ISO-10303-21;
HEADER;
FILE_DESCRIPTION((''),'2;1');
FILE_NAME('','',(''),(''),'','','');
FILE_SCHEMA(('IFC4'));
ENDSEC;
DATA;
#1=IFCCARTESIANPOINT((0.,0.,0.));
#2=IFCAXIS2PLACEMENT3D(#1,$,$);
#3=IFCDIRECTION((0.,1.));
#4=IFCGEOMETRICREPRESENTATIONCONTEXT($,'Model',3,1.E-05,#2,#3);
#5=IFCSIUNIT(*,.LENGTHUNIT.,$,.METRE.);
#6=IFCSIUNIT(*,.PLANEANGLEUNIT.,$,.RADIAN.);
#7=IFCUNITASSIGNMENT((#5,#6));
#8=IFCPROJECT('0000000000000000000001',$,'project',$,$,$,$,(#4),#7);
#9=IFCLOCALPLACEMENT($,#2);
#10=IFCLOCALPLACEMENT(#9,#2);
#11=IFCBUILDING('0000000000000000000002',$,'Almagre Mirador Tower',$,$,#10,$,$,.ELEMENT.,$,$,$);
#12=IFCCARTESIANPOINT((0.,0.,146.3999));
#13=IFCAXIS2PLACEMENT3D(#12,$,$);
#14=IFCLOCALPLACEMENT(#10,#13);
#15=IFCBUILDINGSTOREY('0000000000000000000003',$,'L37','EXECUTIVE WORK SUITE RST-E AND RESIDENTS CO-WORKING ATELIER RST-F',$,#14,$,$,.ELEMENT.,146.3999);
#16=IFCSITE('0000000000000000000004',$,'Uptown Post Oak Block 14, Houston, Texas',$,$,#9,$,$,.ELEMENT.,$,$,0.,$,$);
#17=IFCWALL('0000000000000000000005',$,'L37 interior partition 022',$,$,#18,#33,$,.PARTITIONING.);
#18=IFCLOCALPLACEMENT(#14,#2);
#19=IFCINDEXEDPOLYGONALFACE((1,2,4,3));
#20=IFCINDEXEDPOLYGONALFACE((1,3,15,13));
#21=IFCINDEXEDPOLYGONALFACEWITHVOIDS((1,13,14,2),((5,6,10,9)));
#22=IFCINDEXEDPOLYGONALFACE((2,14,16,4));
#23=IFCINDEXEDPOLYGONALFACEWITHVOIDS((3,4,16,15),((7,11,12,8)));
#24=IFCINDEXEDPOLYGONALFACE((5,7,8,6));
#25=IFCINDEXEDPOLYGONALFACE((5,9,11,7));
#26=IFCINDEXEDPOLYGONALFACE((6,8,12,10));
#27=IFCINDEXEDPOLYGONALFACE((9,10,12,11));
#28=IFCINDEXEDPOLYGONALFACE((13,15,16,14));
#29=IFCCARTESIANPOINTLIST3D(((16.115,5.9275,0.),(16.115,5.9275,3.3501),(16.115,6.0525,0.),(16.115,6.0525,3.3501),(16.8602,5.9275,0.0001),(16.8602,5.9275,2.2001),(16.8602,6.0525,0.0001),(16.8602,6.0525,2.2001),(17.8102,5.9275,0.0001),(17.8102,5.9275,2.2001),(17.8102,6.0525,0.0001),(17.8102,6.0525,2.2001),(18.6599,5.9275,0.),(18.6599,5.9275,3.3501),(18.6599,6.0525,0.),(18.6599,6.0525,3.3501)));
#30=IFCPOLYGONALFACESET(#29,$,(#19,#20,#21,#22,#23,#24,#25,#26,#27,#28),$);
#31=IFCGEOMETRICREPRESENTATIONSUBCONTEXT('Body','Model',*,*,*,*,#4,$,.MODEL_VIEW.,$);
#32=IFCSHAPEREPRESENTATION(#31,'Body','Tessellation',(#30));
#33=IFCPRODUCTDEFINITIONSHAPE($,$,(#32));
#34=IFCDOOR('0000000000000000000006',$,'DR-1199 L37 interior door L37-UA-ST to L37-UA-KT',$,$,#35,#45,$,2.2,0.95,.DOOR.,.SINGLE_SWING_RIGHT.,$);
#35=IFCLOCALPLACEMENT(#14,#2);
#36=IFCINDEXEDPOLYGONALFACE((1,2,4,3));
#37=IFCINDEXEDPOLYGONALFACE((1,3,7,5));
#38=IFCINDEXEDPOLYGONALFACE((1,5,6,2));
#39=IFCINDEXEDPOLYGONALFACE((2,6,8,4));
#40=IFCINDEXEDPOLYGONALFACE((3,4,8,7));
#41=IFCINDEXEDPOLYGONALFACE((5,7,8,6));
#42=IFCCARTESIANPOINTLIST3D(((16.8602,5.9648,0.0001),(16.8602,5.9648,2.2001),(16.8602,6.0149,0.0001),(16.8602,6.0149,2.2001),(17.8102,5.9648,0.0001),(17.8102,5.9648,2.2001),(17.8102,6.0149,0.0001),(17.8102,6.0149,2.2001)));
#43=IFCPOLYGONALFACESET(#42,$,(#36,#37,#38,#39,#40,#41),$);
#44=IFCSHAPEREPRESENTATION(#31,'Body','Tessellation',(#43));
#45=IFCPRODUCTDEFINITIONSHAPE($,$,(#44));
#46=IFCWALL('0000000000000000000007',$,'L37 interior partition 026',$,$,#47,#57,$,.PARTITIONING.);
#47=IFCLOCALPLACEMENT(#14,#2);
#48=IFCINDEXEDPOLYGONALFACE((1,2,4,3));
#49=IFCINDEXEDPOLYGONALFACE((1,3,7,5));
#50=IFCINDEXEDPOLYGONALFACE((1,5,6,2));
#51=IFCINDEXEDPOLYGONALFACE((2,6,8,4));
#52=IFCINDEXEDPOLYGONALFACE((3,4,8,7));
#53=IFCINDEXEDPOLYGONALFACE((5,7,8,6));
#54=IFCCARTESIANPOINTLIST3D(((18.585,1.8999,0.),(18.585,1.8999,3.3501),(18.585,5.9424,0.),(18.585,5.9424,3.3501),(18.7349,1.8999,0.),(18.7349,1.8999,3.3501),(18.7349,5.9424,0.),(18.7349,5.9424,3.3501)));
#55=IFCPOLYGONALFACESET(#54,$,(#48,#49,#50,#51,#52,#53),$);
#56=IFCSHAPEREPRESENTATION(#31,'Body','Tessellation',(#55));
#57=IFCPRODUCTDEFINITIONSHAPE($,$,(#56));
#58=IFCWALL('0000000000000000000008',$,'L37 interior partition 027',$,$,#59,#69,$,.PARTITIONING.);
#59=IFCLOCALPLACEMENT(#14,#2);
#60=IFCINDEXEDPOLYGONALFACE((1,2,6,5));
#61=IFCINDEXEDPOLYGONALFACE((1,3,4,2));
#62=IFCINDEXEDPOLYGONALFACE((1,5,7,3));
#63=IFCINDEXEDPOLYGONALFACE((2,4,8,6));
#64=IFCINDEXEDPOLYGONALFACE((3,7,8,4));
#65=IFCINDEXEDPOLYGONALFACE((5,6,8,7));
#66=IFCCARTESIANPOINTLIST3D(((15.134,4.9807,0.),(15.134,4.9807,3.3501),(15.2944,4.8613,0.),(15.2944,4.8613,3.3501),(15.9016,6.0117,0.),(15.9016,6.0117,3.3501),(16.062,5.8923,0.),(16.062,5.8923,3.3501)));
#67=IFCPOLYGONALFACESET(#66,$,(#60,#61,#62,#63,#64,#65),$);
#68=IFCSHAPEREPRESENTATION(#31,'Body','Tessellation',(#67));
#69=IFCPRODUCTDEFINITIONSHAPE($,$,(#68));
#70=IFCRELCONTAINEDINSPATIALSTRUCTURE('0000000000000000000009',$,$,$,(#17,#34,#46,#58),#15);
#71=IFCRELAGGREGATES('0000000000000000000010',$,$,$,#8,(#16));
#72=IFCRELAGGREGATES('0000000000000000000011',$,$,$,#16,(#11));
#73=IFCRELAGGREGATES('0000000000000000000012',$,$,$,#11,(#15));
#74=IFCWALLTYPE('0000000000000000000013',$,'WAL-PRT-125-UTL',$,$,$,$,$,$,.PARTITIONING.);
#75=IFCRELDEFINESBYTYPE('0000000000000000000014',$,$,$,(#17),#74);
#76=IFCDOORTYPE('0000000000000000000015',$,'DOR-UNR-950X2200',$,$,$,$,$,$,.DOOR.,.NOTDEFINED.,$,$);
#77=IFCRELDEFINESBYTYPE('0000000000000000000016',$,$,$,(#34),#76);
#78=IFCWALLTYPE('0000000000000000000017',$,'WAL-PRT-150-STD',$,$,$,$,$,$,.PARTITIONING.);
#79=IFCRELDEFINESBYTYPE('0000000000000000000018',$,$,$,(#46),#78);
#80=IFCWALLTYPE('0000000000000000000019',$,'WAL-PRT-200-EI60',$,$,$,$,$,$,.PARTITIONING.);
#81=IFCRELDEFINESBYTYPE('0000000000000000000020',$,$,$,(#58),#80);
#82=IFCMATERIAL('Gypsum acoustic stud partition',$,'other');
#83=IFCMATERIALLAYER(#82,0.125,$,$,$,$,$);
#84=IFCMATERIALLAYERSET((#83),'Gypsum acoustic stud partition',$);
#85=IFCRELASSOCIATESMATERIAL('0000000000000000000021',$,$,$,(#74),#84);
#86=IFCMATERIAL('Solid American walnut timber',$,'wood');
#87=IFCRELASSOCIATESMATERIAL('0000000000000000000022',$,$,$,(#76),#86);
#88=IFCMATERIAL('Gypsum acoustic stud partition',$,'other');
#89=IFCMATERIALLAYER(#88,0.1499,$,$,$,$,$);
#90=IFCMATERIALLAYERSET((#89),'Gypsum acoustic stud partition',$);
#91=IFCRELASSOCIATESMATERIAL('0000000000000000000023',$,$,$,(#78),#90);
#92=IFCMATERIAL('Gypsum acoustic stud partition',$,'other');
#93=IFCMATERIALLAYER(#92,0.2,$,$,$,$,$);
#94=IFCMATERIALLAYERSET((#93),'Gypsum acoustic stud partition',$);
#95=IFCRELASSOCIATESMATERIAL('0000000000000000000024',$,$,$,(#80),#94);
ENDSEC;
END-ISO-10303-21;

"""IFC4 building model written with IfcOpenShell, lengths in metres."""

from ifc_helpers import new_model, si_unit, direction, frame, frame_2d, origin, place, context, subcontext, project, spatial, rectangle, extrude, material, layer, layer_set, type_object, element, fill, save


model = new_model("IFC4")

# Units and contexts
model_context = context("Model", 3, precision=1e-05, world=origin(), true_north=direction((0.0, 1.0)))
body_context = subcontext(model_context, "Body", "Model", "MODEL_VIEW")
ifc_project = project(units=[si_unit("LENGTHUNIT", "METRE"), si_unit("PLANEANGLEUNIT", "RADIAN")], contexts=[model_context])

# Site, building, storey
site_placement = place(None, origin())
site = spatial("IfcSite", under=ifc_project, at=site_placement, Name="Uptown Post Oak Block 14, Houston, Texas", CompositionType="ELEMENT", RefElevation=0.0)
building_placement = place(site_placement, origin())
building = spatial("IfcBuilding", under=site, at=building_placement, Name="Almagre Mirador Tower", CompositionType="ELEMENT")
storey_placement = place(building_placement, frame((0.0, 0.0, 146.3999)))
storey = spatial("IfcBuildingStorey", under=building, at=storey_placement, Name="L37", Description="EXECUTIVE WORK SUITE RST-E AND RESIDENTS CO-WORKING ATELIER RST-F", CompositionType="ELEMENT", Elevation=146.3999)

# Wall, opening, door
ifc_material_1 = material(Name="Gypsum acoustic stud partition", Category="other")
ifc_layer_1 = layer(ifc_material_1, 0.125)
ifc_layer_set_1 = layer_set([ifc_layer_1], Name="Gypsum acoustic stud partition")
wall_type_1 = type_object("IfcWallType", Name="WAL-PRT-125-UTL", PredefinedType="PARTITIONING", material=ifc_layer_set_1)
wall_1_placement = place(storey_placement, frame((16.115, 5.99, 0.0), z_axis=(0.0, 0.0, 1.0), x_axis=(1.0, 0.0, 0.0)))
wall_1 = element("IfcWall", 1, at=wall_1_placement, inside=storey, type_object=wall_type_1, Name="L37 interior partition 022", PredefinedType="PARTITIONING", context=body_context, shape_type="SweptSolid", body=[
    extrude(rectangle(XDim=2.5449, YDim=0.125, at=frame_2d((1.2725, 0.0))), origin(), (0.0, 0.0, 1.0), 3.3501),
])
opening_1_placement = place(wall_1_placement, frame((0.7451, 0.0, 0.0)))
opening_1 = element("IfcOpeningElement", 2, at=opening_1_placement, cuts=wall_1, PredefinedType="OPENING", context=body_context, shape_type="SweptSolid", body=[
    extrude(rectangle(XDim=0.95, YDim=2.2, at=frame_2d((0.4751, 1.1001))), frame((0.0, 0.0725, 0.0), z_axis=(0.0, -1.0, 0.0), x_axis=(1.0, 0.0, 0.0)), (0.0, 0.0, 1.0), 0.145),
])
ifc_material_2 = material(Name="Solid American walnut timber", Category="wood")
door_type = type_object("IfcDoorType", Name="DOR-UNR-950X2200", OperationType="NOTDEFINED", PredefinedType="DOOR", material=ifc_material_2)
door_placement = place(opening_1_placement, origin())
door = element("IfcDoor", 3, at=door_placement, inside=storey, type_object=door_type, Name="DR-1199 L37 interior door L37-UA-ST to L37-UA-KT", OperationType="SINGLE_SWING_RIGHT", OverallHeight=2.2, OverallWidth=0.95, PredefinedType="DOOR", context=body_context, shape_type="SweptSolid", body=[
    extrude(rectangle(XDim=0.95, YDim=2.2, at=frame_2d((0.4751, 1.1001))), frame((0.0, 0.0249, 0.0), z_axis=(0.0, -1.0, 0.0), x_axis=(1.0, 0.0, 0.0)), (0.0, 0.0, 1.0), 0.05),
])
fill(opening_1, door)

# Walls
ifc_material_3 = material(Name="Gypsum acoustic stud partition", Category="other")
ifc_layer_2 = layer(ifc_material_3, 0.1499)
ifc_layer_set_2 = layer_set([ifc_layer_2], Name="Gypsum acoustic stud partition")
wall_type_2 = type_object("IfcWallType", Name="WAL-PRT-150-STD", PredefinedType="PARTITIONING", material=ifc_layer_set_2)
wall_2_placement = place(storey_placement, frame((18.6599, 1.8999, 0.0), z_axis=(0.0, 0.0, 1.0), x_axis=(0.0, 1.0, 0.0)))
element("IfcWall", 4, at=wall_2_placement, inside=storey, type_object=wall_type_2, Name="L37 interior partition 026", PredefinedType="PARTITIONING", context=body_context, shape_type="SweptSolid", body=[
    extrude(rectangle(XDim=4.0425, YDim=0.1499, at=frame_2d((2.0212, 0.0))), origin(), (0.0, 0.0, 1.0), 3.3501),
])
ifc_material_4 = material(Name="Gypsum acoustic stud partition", Category="other")
ifc_layer_3 = layer(ifc_material_4, 0.2)
ifc_layer_set_3 = layer_set([ifc_layer_3], Name="Gypsum acoustic stud partition")
wall_type_3 = type_object("IfcWallType", Name="WAL-PRT-200-EI60", PredefinedType="PARTITIONING", material=ifc_layer_set_3)
wall_3_placement = place(storey_placement, frame((15.9817, 5.9519, 0.0), z_axis=(0.0, 0.0, 1.0), x_axis=(-0.59717, -0.802115, 0.0)))
element("IfcWall", 5, at=wall_3_placement, inside=storey, type_object=wall_type_3, Name="L37 interior partition 027", PredefinedType="PARTITIONING", context=body_context, shape_type="SweptSolid", body=[
    extrude(rectangle(XDim=1.2854, YDim=0.2, at=frame_2d((0.6426, 0.0))), origin(), (0.0, 0.0, 1.0), 3.3501),
])

save(model, "model.ifc")
